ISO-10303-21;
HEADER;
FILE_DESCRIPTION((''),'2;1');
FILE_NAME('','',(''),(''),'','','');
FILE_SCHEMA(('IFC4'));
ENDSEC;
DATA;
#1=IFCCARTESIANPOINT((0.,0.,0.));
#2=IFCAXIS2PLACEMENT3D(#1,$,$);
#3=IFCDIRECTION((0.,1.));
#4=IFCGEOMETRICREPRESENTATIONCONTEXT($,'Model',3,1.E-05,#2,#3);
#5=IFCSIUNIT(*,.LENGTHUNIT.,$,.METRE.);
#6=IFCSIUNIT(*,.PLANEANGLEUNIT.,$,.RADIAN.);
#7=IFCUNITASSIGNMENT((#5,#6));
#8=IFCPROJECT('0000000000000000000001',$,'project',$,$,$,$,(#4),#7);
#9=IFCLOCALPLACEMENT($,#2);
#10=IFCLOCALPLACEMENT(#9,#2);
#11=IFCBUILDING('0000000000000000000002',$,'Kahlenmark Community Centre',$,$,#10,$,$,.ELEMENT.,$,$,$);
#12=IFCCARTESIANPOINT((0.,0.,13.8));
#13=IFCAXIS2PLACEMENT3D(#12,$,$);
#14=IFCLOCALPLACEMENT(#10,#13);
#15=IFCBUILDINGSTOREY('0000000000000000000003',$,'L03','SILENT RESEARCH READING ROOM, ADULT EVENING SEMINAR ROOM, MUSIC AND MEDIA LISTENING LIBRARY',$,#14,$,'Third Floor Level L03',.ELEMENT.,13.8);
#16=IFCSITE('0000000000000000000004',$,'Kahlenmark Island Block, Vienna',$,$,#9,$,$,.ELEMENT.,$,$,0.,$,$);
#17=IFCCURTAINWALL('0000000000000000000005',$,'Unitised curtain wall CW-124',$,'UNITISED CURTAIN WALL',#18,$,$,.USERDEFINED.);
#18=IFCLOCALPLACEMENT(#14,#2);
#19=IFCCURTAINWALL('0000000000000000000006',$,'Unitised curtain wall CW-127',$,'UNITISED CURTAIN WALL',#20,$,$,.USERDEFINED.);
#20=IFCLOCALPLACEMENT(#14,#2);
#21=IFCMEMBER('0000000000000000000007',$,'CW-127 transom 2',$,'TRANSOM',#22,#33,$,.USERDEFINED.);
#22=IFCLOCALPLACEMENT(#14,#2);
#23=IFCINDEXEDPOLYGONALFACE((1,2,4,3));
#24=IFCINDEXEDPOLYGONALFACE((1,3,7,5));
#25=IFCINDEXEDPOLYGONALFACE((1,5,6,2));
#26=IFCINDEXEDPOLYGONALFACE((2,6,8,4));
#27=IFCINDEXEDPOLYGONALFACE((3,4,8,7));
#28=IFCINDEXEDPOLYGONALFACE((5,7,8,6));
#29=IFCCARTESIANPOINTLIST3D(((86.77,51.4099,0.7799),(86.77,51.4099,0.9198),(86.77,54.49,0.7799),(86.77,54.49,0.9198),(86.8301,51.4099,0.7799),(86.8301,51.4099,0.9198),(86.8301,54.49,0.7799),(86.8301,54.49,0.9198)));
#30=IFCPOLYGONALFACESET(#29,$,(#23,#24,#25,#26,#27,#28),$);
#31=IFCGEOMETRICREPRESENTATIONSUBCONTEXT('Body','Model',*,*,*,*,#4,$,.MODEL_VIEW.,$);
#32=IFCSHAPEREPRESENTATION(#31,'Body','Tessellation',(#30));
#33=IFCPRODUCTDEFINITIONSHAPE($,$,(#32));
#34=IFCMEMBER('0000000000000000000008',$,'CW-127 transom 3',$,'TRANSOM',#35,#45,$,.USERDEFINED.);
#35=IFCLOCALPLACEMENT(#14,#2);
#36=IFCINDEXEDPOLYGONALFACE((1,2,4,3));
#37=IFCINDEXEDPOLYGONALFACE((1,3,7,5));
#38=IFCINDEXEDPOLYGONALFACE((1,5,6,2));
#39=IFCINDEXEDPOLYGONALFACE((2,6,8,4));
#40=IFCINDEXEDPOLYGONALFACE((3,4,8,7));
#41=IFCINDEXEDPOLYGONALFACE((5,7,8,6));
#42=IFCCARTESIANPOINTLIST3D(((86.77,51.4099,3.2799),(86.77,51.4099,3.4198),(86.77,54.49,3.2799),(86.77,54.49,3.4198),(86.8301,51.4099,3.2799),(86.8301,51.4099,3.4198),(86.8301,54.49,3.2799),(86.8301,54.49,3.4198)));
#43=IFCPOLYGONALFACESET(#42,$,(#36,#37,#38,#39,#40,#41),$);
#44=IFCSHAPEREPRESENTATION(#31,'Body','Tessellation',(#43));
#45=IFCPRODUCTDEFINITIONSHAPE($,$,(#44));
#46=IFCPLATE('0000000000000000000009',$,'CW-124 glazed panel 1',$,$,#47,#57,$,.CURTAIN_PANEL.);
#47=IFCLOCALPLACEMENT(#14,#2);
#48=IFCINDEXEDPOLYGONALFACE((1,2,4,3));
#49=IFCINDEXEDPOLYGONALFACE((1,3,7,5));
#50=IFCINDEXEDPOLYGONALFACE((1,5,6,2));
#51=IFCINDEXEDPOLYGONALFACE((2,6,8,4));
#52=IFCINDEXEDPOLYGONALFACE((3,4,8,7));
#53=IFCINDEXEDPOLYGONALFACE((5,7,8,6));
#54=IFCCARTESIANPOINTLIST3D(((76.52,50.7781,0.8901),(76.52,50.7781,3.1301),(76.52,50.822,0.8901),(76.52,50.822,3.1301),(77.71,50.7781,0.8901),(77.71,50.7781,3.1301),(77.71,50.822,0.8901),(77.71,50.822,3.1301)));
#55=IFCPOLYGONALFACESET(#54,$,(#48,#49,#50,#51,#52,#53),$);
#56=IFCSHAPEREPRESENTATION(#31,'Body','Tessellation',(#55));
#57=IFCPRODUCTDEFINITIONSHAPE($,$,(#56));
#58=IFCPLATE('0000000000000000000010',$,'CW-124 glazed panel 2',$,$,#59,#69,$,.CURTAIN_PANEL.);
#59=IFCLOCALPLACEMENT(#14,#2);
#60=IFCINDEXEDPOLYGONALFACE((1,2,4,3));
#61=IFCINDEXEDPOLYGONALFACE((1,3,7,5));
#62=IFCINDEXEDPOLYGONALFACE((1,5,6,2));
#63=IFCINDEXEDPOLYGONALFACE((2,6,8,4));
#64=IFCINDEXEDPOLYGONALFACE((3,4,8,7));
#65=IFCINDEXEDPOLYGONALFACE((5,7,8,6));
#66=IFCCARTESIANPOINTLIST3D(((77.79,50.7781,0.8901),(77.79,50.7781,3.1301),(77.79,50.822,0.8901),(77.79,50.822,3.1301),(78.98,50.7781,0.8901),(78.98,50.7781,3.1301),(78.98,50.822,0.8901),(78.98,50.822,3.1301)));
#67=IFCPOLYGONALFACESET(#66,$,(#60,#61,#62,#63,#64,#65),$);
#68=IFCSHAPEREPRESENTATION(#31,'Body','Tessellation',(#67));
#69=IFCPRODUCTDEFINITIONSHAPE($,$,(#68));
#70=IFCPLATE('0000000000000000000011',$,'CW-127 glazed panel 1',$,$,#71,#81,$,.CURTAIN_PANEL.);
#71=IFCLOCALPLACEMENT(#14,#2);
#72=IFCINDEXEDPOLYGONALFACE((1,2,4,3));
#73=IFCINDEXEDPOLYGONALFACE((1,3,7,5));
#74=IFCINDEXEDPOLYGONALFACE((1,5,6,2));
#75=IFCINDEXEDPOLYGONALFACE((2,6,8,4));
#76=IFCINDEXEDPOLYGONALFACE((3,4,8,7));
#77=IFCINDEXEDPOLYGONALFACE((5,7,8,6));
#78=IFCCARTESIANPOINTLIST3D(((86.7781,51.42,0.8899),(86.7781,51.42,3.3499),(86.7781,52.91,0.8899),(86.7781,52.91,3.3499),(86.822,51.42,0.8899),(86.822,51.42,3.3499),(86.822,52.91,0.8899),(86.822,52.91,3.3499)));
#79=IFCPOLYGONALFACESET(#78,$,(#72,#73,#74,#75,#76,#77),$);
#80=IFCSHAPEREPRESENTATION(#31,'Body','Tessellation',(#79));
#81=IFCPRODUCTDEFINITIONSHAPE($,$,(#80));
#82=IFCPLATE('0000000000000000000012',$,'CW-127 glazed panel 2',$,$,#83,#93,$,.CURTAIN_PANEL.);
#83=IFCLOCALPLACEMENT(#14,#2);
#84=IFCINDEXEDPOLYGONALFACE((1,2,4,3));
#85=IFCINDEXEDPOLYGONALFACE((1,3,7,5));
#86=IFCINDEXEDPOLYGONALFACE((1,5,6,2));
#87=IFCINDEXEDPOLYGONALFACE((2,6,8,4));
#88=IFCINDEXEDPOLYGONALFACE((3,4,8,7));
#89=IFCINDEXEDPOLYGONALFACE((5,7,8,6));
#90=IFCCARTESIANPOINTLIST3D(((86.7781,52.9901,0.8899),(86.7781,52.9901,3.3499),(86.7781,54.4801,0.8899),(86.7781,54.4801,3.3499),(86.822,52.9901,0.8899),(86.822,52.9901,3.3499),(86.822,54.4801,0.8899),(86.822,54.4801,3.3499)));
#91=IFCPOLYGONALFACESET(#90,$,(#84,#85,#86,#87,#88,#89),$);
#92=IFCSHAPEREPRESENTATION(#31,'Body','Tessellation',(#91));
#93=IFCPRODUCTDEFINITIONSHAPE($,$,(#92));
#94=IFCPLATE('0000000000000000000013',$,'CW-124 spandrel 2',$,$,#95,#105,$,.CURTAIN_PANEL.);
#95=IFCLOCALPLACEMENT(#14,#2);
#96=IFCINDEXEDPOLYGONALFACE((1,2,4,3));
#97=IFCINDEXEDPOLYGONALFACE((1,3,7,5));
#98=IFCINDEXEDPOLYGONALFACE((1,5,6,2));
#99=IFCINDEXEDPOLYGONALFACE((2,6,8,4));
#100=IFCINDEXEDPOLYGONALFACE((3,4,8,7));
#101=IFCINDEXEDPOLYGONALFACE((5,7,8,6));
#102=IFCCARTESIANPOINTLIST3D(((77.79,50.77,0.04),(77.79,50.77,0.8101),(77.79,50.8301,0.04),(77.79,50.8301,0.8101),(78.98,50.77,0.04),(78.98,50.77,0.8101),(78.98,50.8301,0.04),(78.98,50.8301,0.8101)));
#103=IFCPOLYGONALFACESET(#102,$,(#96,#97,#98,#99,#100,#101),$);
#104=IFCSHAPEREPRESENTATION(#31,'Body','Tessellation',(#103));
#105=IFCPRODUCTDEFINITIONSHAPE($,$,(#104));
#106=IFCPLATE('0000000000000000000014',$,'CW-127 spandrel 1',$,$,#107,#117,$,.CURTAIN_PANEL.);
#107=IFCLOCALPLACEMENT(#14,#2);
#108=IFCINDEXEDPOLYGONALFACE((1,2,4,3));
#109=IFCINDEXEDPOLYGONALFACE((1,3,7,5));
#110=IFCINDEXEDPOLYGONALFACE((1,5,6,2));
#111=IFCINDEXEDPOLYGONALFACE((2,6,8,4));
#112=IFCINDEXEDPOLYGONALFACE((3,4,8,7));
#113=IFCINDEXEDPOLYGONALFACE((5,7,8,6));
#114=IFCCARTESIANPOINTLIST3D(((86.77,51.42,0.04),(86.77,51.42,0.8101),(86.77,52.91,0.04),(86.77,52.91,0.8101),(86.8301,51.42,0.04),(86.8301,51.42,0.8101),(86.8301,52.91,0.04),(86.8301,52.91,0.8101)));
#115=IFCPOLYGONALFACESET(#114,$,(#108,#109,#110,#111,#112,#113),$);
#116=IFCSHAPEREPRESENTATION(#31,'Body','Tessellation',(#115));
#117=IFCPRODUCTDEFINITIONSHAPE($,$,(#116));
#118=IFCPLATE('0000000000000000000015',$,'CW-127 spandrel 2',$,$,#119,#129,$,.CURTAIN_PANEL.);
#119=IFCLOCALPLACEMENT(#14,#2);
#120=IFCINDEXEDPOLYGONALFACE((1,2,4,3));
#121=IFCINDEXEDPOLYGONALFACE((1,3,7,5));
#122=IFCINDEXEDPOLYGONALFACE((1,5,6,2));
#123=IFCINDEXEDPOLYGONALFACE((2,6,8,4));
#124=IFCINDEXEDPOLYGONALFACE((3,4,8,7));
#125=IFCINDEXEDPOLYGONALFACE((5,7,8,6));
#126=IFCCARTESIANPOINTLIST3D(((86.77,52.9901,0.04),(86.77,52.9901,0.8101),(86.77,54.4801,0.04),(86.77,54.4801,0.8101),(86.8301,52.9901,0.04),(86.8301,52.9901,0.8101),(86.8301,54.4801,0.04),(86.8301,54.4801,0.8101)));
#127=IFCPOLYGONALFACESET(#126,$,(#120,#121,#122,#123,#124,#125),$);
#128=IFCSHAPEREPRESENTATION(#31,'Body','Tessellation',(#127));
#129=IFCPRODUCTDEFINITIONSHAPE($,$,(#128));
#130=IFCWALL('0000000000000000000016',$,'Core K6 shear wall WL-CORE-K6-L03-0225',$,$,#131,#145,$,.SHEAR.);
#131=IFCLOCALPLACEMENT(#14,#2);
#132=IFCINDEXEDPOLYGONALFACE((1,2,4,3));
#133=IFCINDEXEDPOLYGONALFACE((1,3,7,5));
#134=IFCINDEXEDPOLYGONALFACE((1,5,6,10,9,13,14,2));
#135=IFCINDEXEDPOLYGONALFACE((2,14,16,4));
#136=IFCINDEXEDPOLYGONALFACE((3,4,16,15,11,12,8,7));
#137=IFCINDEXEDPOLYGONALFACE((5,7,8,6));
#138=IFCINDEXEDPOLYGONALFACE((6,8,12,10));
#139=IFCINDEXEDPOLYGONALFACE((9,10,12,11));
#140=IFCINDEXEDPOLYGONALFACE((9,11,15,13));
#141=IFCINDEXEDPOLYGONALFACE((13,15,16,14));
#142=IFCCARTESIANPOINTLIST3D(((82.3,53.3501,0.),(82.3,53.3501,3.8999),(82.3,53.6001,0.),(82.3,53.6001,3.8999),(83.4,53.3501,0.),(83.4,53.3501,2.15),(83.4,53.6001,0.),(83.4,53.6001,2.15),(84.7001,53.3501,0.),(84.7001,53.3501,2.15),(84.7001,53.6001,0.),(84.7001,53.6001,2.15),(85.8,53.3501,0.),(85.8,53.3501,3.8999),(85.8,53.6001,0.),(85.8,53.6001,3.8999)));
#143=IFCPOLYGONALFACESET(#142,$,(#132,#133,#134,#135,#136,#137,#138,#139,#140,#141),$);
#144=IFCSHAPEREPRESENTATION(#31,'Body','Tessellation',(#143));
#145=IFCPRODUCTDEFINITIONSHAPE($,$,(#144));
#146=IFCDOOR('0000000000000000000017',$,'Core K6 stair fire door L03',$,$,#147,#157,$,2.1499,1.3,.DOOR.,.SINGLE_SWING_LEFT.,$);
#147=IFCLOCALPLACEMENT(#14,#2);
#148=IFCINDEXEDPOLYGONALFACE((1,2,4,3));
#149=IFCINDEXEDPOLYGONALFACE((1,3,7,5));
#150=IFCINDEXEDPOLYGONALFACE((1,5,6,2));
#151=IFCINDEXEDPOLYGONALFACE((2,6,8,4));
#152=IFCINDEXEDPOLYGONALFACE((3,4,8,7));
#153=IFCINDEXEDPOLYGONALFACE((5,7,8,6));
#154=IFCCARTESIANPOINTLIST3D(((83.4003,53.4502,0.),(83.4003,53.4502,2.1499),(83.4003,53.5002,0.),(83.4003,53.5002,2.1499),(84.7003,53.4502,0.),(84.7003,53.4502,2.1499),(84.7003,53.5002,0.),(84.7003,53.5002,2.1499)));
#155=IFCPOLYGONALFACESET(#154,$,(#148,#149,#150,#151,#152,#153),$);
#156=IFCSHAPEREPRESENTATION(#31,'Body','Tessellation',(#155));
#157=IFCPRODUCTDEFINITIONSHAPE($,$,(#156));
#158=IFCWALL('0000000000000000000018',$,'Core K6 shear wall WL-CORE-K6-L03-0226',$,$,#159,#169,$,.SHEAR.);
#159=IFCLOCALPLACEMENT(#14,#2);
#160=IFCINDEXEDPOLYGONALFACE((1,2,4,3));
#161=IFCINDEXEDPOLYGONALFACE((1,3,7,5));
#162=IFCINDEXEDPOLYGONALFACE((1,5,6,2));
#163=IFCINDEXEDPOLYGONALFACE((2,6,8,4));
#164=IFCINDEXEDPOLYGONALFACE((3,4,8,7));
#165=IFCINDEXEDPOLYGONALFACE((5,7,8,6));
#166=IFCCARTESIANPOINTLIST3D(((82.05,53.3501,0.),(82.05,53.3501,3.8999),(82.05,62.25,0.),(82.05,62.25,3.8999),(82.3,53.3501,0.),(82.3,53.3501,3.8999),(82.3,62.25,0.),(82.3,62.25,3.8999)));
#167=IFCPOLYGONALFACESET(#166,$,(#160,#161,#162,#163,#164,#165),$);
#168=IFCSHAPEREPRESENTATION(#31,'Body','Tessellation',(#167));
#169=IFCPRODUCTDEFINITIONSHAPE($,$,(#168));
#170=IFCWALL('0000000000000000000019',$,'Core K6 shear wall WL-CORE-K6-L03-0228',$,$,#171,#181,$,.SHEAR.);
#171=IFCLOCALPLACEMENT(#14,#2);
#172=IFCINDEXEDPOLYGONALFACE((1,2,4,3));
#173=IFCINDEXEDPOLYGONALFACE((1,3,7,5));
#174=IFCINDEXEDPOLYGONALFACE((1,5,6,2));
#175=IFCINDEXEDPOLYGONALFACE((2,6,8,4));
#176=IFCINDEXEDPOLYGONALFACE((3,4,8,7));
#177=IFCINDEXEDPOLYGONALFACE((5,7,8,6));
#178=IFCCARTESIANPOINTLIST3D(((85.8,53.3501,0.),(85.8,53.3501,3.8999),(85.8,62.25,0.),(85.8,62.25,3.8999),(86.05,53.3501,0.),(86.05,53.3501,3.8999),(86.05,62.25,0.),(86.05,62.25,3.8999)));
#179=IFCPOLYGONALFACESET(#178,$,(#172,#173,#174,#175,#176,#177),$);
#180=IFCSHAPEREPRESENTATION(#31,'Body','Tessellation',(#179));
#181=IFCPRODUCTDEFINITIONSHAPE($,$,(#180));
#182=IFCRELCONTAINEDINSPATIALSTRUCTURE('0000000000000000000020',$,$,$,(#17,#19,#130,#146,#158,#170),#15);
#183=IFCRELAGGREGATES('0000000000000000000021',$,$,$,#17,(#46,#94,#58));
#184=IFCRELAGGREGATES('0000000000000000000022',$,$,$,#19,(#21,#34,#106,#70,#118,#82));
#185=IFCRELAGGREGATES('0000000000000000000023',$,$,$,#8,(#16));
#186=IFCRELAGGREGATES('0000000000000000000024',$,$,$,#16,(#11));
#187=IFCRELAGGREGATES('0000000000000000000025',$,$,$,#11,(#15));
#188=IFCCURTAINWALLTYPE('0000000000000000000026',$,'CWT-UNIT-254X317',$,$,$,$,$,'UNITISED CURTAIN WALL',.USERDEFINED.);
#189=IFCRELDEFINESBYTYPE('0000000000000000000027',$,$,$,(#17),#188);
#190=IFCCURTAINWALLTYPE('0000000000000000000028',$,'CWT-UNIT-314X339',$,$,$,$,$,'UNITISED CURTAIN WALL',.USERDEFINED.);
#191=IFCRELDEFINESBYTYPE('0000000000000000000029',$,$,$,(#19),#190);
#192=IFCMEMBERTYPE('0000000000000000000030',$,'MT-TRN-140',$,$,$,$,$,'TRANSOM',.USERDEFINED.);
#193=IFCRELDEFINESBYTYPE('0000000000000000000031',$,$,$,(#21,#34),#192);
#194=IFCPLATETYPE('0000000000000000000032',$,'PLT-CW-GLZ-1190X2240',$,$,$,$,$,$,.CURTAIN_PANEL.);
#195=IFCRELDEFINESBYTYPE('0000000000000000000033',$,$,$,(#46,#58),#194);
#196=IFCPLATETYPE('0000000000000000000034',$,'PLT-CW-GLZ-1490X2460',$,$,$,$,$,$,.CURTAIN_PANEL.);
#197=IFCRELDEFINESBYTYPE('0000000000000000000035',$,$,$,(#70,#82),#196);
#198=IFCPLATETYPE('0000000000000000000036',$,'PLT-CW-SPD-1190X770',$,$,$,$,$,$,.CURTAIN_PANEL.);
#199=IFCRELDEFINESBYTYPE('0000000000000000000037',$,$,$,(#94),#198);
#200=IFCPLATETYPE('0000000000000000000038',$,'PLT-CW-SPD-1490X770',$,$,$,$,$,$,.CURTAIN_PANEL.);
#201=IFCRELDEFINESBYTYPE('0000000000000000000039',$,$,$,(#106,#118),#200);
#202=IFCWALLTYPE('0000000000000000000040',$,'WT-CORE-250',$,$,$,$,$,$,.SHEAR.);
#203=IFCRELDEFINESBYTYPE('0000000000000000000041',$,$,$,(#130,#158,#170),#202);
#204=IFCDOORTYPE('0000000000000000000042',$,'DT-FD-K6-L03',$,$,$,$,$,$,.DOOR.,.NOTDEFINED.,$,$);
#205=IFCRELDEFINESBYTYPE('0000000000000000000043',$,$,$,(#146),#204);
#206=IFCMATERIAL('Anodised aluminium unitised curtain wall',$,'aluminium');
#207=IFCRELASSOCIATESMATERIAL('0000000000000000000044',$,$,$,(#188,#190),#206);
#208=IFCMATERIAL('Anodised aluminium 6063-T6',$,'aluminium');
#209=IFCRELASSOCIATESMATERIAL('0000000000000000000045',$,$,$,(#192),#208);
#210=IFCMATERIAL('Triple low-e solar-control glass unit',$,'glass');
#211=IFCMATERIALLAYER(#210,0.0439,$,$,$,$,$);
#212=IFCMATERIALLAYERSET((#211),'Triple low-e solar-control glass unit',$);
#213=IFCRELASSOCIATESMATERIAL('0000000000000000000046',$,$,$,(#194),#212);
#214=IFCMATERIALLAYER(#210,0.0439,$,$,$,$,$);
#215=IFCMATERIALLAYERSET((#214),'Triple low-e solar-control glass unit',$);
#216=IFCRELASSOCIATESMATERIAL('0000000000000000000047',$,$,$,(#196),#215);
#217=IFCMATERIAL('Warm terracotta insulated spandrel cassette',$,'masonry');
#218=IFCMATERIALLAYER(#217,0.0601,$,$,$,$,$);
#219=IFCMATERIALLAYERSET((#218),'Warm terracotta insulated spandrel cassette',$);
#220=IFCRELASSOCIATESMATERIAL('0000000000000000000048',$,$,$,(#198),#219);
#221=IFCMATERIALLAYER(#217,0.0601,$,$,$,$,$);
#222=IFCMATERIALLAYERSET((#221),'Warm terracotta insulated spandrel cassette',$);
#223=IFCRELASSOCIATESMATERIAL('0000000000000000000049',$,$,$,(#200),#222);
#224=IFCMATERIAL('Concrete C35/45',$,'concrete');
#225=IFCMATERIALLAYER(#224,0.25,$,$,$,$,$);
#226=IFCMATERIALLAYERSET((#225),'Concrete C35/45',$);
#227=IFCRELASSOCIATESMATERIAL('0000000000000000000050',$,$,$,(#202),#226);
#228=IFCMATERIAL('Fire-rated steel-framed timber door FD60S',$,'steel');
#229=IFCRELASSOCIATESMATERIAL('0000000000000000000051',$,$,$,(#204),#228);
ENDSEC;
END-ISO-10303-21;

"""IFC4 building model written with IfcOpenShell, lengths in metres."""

from ifc_helpers import new_model, si_unit, direction, frame, frame_2d, origin, origin_2d, place, context, subcontext, project, spatial, rectangle, extrude, material, layer, layer_set, material_profile, profile_set, type_object, element, fill, aggregate, save


model = new_model("IFC4")

# Units and contexts
model_context = context("Model", 3, precision=1e-05, world=origin(), true_north=direction((0.0, 1.0)))
body_context = subcontext(model_context, "Body", "Model", "MODEL_VIEW")
ifc_project = project(units=[si_unit("LENGTHUNIT", "METRE"), si_unit("PLANEANGLEUNIT", "RADIAN")], contexts=[model_context])

# Site, building, storey
site_placement = place(None, origin())
site = spatial("IfcSite", under=ifc_project, at=site_placement, Name="Kahlenmark Island Block, Vienna", CompositionType="ELEMENT", RefElevation=0.0)
building_placement = place(site_placement, origin())
building = spatial("IfcBuilding", under=site, at=building_placement, Name="Kahlenmark Community Centre", CompositionType="ELEMENT")
storey_placement = place(building_placement, frame((0.0, 0.0, 13.8)))
storey = spatial("IfcBuildingStorey", under=building, at=storey_placement, Name="L03", Description="SILENT RESEARCH READING ROOM, ADULT EVENING SEMINAR ROOM, MUSIC AND MEDIA LISTENING LIBRARY", LongName="Third Floor Level L03", CompositionType="ELEMENT", Elevation=13.8)

# Curtain walls, members
ifc_material_1 = material(Name="Anodised aluminium unitised curtain wall", Category="aluminium")
curtain_wall_type_1 = type_object("IfcCurtainWallType", Name="CWT-UNIT-254X317", ElementType="UNITISED CURTAIN WALL", PredefinedType="USERDEFINED", material=ifc_material_1)
curtain_wall_1_placement = place(storey_placement, origin())
curtain_wall_1 = element("IfcCurtainWall", 1, at=curtain_wall_1_placement, inside=storey, type_object=curtain_wall_type_1, Name="Unitised curtain wall CW-124", ObjectType="UNITISED CURTAIN WALL", PredefinedType="USERDEFINED")
ifc_material_2 = material(Name="Anodised aluminium 6063-T6", Category="aluminium")
curtain_wall_type_2 = type_object("IfcCurtainWallType", Name="CWT-UNIT-314X339", ElementType="UNITISED CURTAIN WALL", PredefinedType="USERDEFINED", material=ifc_material_1)
curtain_wall_2_placement = place(storey_placement, origin())
curtain_wall_2 = element("IfcCurtainWall", 2, at=curtain_wall_2_placement, inside=storey, type_object=curtain_wall_type_2, Name="Unitised curtain wall CW-127", ObjectType="UNITISED CURTAIN WALL", PredefinedType="USERDEFINED")
ifc_material_profile_1 = material_profile(ifc_material_2, rectangle(XDim=0.0601, YDim=0.1399, at=origin_2d()), Name="ALU TRANSOM 60x140")
ifc_profile_set_1 = profile_set([ifc_material_profile_1], Name="Anodised aluminium 6063-T6")
member_type_1 = type_object("IfcMemberType", Name="MT-TRN-140", ElementType="TRANSOM", PredefinedType="USERDEFINED", material=ifc_profile_set_1)
member_1_placement = place(storey_placement, frame((86.8, 51.4099, 0.8499), z_axis=(0.0, 1.0, 0.0), x_axis=(-1.0, 0.0, 0.0)))
member_1 = element("IfcMember", 3, at=member_1_placement, type_object=member_type_1, Name="CW-127 transom 2", ObjectType="TRANSOM", PredefinedType="USERDEFINED", context=body_context, shape_type="SweptSolid", body=[
    extrude(rectangle(XDim=0.0601, YDim=0.1399, at=origin_2d()), origin(), (0.0, 0.0, 1.0), 3.0801),
])
member_2_placement = place(storey_placement, frame((86.8, 51.4099, 3.3499), z_axis=(0.0, 1.0, 0.0), x_axis=(-1.0, 0.0, 0.0)))
member_2 = element("IfcMember", 4, at=member_2_placement, type_object=member_type_1, Name="CW-127 transom 3", ObjectType="TRANSOM", PredefinedType="USERDEFINED", context=body_context, shape_type="SweptSolid", body=[
    extrude(rectangle(XDim=0.0601, YDim=0.1399, at=origin_2d()), origin(), (0.0, 0.0, 1.0), 3.0801),
])

# Plates
ifc_material_3 = material(Name="Triple low-e solar-control glass unit", Category="glass")
ifc_layer_1 = layer(ifc_material_3, 0.0439)
ifc_layer_set_1 = layer_set([ifc_layer_1], Name="Triple low-e solar-control glass unit")
plate_type_1 = type_object("IfcPlateType", Name="PLT-CW-GLZ-1190X2240", PredefinedType="CURTAIN_PANEL", material=ifc_layer_set_1)
plate_1_placement = place(storey_placement, frame((77.115, 50.8, 0.8901), z_axis=(0.0, 0.0, 1.0), x_axis=(1.0, 0.0, 0.0)))
plate_1 = element("IfcPlate", 5, at=plate_1_placement, type_object=plate_type_1, Name="CW-124 glazed panel 1", PredefinedType="CURTAIN_PANEL", context=body_context, shape_type="SweptSolid", body=[
    extrude(rectangle(XDim=1.1899, YDim=0.0439, at=origin_2d()), origin(), (0.0, 0.0, 1.0), 2.24),
])
plate_2_placement = place(storey_placement, frame((78.385, 50.8, 0.8901), z_axis=(0.0, 0.0, 1.0), x_axis=(1.0, 0.0, 0.0)))
plate_2 = element("IfcPlate", 6, at=plate_2_placement, type_object=plate_type_1, Name="CW-124 glazed panel 2", PredefinedType="CURTAIN_PANEL", context=body_context, shape_type="SweptSolid", body=[
    extrude(rectangle(XDim=1.1899, YDim=0.0439, at=origin_2d()), origin(), (0.0, 0.0, 1.0), 2.24),
])
ifc_layer_2 = layer(ifc_material_3, 0.0439)
ifc_layer_set_2 = layer_set([ifc_layer_2], Name="Triple low-e solar-control glass unit")
plate_type_2 = type_object("IfcPlateType", Name="PLT-CW-GLZ-1490X2460", PredefinedType="CURTAIN_PANEL", material=ifc_layer_set_2)
plate_3_placement = place(storey_placement, frame((86.8, 52.165, 0.8899), z_axis=(0.0, 0.0, 1.0), x_axis=(0.0, 1.0, 0.0)))
plate_3 = element("IfcPlate", 7, at=plate_3_placement, type_object=plate_type_2, Name="CW-127 glazed panel 1", PredefinedType="CURTAIN_PANEL", context=body_context, shape_type="SweptSolid", body=[
    extrude(rectangle(XDim=1.49, YDim=0.0439, at=origin_2d()), origin(), (0.0, 0.0, 1.0), 2.46),
])
plate_4_placement = place(storey_placement, frame((86.8, 53.7351, 0.8899), z_axis=(0.0, 0.0, 1.0), x_axis=(0.0, 1.0, 0.0)))
plate_4 = element("IfcPlate", 8, at=plate_4_placement, type_object=plate_type_2, Name="CW-127 glazed panel 2", PredefinedType="CURTAIN_PANEL", context=body_context, shape_type="SweptSolid", body=[
    extrude(rectangle(XDim=1.49, YDim=0.0439, at=origin_2d()), origin(), (0.0, 0.0, 1.0), 2.46),
])
ifc_material_4 = material(Name="Warm terracotta insulated spandrel cassette", Category="masonry")
ifc_layer_3 = layer(ifc_material_4, 0.0601)
ifc_layer_set_3 = layer_set([ifc_layer_3], Name="Warm terracotta insulated spandrel cassette")
plate_type_3 = type_object("IfcPlateType", Name="PLT-CW-SPD-1190X770", PredefinedType="CURTAIN_PANEL", material=ifc_layer_set_3)
plate_5_placement = place(storey_placement, frame((78.385, 50.8, 0.04), z_axis=(0.0, 0.0, 1.0), x_axis=(1.0, 0.0, 0.0)))
plate_5 = element("IfcPlate", 9, at=plate_5_placement, type_object=plate_type_3, Name="CW-124 spandrel 2", PredefinedType="CURTAIN_PANEL", context=body_context, shape_type="SweptSolid", body=[
    extrude(rectangle(XDim=1.1899, YDim=0.0601, at=origin_2d()), origin(), (0.0, 0.0, 1.0), 0.77),
])
aggregate(curtain_wall_1, [plate_1, plate_5, plate_2])
ifc_layer_4 = layer(ifc_material_4, 0.0601)
ifc_layer_set_4 = layer_set([ifc_layer_4], Name="Warm terracotta insulated spandrel cassette")
plate_type_4 = type_object("IfcPlateType", Name="PLT-CW-SPD-1490X770", PredefinedType="CURTAIN_PANEL", material=ifc_layer_set_4)
plate_6_placement = place(storey_placement, frame((86.8, 52.165, 0.04), z_axis=(0.0, 0.0, 1.0), x_axis=(0.0, 1.0, 0.0)))
plate_6 = element("IfcPlate", 10, at=plate_6_placement, type_object=plate_type_4, Name="CW-127 spandrel 1", PredefinedType="CURTAIN_PANEL", context=body_context, shape_type="SweptSolid", body=[
    extrude(rectangle(XDim=1.49, YDim=0.0601, at=origin_2d()), origin(), (0.0, 0.0, 1.0), 0.77),
])
plate_7_placement = place(storey_placement, frame((86.8, 53.7351, 0.04), z_axis=(0.0, 0.0, 1.0), x_axis=(0.0, 1.0, 0.0)))
plate_7 = element("IfcPlate", 11, at=plate_7_placement, type_object=plate_type_4, Name="CW-127 spandrel 2", PredefinedType="CURTAIN_PANEL", context=body_context, shape_type="SweptSolid", body=[
    extrude(rectangle(XDim=1.49, YDim=0.0601, at=origin_2d()), origin(), (0.0, 0.0, 1.0), 0.77),
])
aggregate(curtain_wall_2, [member_1, member_2, plate_6, plate_3, plate_7, plate_4])

# Wall, opening, door
ifc_material_5 = material(Name="Concrete C35/45", Category="concrete")
ifc_layer_5 = layer(ifc_material_5, 0.25)
ifc_layer_set_5 = layer_set([ifc_layer_5], Name="Concrete C35/45")
wall_type_1 = type_object("IfcWallType", Name="WT-CORE-250", PredefinedType="SHEAR", material=ifc_layer_set_5)
wall_1_placement = place(storey_placement, frame((82.3, 53.4751, 0.0), z_axis=(0.0, 0.0, 1.0), x_axis=(1.0, 0.0, 0.0)))
wall_1 = element("IfcWall", 12, at=wall_1_placement, inside=storey, type_object=wall_type_1, Name="Core K6 shear wall WL-CORE-K6-L03-0225", PredefinedType="SHEAR", context=body_context, shape_type="SweptSolid", body=[
    extrude(rectangle(XDim=3.5, YDim=0.25, at=frame_2d((1.75, 0.0))), origin(), (0.0, 0.0, 1.0), 3.8999),
])
opening_1_placement = place(wall_1_placement, frame((1.1001, 0.0, -0.01)))
opening_1 = element("IfcOpeningElement", 13, at=opening_1_placement, cuts=wall_1, PredefinedType="OPENING", context=body_context, shape_type="SweptSolid", body=[
    extrude(rectangle(XDim=1.3, YDim=2.1599, at=frame_2d((0.6499, 1.0801))), frame((0.0, 0.135, 0.0), z_axis=(0.0, -1.0, 0.0), x_axis=(1.0, 0.0, 0.0)), (0.0, 0.0, 1.0), 0.27),
])
ifc_material_6 = material(Name="Fire-rated steel-framed timber door FD60S", Category="steel")
door_type = type_object("IfcDoorType", Name="DT-FD-K6-L03", OperationType="NOTDEFINED", PredefinedType="DOOR", material=ifc_material_6)
door_placement = place(opening_1_placement, frame((1.3, 0.0, 0.01), z_axis=(0.0, 0.0, 1.0), x_axis=(-1.0, 0.0, 0.0)))
door = element("IfcDoor", 14, at=door_placement, inside=storey, type_object=door_type, Name="Core K6 stair fire door L03", OperationType="SINGLE_SWING_LEFT", OverallHeight=2.1499, OverallWidth=1.3, PredefinedType="DOOR", context=body_context, shape_type="SweptSolid", body=[
    extrude(rectangle(XDim=1.3, YDim=2.1499, at=frame_2d((0.6499, 1.075))), frame((0.0, 0.0249, 0.0), z_axis=(0.0, -1.0, 0.0), x_axis=(1.0, 0.0, 0.0)), (0.0, 0.0, 1.0), 0.05),
])
fill(opening_1, door)

# Walls
for number, where, z_axis, x_axis, name in (
    (15, (82.175, 53.3501, 0.0), (0.0, 0.0, 1.0), (0.0, 1.0, 0.0), "Core K6 shear wall WL-CORE-K6-L03-0226"),
    (16, (85.925, 53.3501, 0.0), (0.0, 0.0, 1.0), (0.0, 1.0, 0.0), "Core K6 shear wall WL-CORE-K6-L03-0228"),
):
    element("IfcWall", number, at=place(storey_placement, frame(where, z_axis=z_axis, x_axis=x_axis)), inside=storey, type_object=wall_type_1, Name=name, PredefinedType="SHEAR", context=body_context, shape_type="SweptSolid", body=[
        extrude(rectangle(XDim=8.8999, YDim=0.25, at=frame_2d((4.45, 0.0))), origin(), (0.0, 0.0, 1.0), 3.8999),
    ])

save(model, "model.ifc")
